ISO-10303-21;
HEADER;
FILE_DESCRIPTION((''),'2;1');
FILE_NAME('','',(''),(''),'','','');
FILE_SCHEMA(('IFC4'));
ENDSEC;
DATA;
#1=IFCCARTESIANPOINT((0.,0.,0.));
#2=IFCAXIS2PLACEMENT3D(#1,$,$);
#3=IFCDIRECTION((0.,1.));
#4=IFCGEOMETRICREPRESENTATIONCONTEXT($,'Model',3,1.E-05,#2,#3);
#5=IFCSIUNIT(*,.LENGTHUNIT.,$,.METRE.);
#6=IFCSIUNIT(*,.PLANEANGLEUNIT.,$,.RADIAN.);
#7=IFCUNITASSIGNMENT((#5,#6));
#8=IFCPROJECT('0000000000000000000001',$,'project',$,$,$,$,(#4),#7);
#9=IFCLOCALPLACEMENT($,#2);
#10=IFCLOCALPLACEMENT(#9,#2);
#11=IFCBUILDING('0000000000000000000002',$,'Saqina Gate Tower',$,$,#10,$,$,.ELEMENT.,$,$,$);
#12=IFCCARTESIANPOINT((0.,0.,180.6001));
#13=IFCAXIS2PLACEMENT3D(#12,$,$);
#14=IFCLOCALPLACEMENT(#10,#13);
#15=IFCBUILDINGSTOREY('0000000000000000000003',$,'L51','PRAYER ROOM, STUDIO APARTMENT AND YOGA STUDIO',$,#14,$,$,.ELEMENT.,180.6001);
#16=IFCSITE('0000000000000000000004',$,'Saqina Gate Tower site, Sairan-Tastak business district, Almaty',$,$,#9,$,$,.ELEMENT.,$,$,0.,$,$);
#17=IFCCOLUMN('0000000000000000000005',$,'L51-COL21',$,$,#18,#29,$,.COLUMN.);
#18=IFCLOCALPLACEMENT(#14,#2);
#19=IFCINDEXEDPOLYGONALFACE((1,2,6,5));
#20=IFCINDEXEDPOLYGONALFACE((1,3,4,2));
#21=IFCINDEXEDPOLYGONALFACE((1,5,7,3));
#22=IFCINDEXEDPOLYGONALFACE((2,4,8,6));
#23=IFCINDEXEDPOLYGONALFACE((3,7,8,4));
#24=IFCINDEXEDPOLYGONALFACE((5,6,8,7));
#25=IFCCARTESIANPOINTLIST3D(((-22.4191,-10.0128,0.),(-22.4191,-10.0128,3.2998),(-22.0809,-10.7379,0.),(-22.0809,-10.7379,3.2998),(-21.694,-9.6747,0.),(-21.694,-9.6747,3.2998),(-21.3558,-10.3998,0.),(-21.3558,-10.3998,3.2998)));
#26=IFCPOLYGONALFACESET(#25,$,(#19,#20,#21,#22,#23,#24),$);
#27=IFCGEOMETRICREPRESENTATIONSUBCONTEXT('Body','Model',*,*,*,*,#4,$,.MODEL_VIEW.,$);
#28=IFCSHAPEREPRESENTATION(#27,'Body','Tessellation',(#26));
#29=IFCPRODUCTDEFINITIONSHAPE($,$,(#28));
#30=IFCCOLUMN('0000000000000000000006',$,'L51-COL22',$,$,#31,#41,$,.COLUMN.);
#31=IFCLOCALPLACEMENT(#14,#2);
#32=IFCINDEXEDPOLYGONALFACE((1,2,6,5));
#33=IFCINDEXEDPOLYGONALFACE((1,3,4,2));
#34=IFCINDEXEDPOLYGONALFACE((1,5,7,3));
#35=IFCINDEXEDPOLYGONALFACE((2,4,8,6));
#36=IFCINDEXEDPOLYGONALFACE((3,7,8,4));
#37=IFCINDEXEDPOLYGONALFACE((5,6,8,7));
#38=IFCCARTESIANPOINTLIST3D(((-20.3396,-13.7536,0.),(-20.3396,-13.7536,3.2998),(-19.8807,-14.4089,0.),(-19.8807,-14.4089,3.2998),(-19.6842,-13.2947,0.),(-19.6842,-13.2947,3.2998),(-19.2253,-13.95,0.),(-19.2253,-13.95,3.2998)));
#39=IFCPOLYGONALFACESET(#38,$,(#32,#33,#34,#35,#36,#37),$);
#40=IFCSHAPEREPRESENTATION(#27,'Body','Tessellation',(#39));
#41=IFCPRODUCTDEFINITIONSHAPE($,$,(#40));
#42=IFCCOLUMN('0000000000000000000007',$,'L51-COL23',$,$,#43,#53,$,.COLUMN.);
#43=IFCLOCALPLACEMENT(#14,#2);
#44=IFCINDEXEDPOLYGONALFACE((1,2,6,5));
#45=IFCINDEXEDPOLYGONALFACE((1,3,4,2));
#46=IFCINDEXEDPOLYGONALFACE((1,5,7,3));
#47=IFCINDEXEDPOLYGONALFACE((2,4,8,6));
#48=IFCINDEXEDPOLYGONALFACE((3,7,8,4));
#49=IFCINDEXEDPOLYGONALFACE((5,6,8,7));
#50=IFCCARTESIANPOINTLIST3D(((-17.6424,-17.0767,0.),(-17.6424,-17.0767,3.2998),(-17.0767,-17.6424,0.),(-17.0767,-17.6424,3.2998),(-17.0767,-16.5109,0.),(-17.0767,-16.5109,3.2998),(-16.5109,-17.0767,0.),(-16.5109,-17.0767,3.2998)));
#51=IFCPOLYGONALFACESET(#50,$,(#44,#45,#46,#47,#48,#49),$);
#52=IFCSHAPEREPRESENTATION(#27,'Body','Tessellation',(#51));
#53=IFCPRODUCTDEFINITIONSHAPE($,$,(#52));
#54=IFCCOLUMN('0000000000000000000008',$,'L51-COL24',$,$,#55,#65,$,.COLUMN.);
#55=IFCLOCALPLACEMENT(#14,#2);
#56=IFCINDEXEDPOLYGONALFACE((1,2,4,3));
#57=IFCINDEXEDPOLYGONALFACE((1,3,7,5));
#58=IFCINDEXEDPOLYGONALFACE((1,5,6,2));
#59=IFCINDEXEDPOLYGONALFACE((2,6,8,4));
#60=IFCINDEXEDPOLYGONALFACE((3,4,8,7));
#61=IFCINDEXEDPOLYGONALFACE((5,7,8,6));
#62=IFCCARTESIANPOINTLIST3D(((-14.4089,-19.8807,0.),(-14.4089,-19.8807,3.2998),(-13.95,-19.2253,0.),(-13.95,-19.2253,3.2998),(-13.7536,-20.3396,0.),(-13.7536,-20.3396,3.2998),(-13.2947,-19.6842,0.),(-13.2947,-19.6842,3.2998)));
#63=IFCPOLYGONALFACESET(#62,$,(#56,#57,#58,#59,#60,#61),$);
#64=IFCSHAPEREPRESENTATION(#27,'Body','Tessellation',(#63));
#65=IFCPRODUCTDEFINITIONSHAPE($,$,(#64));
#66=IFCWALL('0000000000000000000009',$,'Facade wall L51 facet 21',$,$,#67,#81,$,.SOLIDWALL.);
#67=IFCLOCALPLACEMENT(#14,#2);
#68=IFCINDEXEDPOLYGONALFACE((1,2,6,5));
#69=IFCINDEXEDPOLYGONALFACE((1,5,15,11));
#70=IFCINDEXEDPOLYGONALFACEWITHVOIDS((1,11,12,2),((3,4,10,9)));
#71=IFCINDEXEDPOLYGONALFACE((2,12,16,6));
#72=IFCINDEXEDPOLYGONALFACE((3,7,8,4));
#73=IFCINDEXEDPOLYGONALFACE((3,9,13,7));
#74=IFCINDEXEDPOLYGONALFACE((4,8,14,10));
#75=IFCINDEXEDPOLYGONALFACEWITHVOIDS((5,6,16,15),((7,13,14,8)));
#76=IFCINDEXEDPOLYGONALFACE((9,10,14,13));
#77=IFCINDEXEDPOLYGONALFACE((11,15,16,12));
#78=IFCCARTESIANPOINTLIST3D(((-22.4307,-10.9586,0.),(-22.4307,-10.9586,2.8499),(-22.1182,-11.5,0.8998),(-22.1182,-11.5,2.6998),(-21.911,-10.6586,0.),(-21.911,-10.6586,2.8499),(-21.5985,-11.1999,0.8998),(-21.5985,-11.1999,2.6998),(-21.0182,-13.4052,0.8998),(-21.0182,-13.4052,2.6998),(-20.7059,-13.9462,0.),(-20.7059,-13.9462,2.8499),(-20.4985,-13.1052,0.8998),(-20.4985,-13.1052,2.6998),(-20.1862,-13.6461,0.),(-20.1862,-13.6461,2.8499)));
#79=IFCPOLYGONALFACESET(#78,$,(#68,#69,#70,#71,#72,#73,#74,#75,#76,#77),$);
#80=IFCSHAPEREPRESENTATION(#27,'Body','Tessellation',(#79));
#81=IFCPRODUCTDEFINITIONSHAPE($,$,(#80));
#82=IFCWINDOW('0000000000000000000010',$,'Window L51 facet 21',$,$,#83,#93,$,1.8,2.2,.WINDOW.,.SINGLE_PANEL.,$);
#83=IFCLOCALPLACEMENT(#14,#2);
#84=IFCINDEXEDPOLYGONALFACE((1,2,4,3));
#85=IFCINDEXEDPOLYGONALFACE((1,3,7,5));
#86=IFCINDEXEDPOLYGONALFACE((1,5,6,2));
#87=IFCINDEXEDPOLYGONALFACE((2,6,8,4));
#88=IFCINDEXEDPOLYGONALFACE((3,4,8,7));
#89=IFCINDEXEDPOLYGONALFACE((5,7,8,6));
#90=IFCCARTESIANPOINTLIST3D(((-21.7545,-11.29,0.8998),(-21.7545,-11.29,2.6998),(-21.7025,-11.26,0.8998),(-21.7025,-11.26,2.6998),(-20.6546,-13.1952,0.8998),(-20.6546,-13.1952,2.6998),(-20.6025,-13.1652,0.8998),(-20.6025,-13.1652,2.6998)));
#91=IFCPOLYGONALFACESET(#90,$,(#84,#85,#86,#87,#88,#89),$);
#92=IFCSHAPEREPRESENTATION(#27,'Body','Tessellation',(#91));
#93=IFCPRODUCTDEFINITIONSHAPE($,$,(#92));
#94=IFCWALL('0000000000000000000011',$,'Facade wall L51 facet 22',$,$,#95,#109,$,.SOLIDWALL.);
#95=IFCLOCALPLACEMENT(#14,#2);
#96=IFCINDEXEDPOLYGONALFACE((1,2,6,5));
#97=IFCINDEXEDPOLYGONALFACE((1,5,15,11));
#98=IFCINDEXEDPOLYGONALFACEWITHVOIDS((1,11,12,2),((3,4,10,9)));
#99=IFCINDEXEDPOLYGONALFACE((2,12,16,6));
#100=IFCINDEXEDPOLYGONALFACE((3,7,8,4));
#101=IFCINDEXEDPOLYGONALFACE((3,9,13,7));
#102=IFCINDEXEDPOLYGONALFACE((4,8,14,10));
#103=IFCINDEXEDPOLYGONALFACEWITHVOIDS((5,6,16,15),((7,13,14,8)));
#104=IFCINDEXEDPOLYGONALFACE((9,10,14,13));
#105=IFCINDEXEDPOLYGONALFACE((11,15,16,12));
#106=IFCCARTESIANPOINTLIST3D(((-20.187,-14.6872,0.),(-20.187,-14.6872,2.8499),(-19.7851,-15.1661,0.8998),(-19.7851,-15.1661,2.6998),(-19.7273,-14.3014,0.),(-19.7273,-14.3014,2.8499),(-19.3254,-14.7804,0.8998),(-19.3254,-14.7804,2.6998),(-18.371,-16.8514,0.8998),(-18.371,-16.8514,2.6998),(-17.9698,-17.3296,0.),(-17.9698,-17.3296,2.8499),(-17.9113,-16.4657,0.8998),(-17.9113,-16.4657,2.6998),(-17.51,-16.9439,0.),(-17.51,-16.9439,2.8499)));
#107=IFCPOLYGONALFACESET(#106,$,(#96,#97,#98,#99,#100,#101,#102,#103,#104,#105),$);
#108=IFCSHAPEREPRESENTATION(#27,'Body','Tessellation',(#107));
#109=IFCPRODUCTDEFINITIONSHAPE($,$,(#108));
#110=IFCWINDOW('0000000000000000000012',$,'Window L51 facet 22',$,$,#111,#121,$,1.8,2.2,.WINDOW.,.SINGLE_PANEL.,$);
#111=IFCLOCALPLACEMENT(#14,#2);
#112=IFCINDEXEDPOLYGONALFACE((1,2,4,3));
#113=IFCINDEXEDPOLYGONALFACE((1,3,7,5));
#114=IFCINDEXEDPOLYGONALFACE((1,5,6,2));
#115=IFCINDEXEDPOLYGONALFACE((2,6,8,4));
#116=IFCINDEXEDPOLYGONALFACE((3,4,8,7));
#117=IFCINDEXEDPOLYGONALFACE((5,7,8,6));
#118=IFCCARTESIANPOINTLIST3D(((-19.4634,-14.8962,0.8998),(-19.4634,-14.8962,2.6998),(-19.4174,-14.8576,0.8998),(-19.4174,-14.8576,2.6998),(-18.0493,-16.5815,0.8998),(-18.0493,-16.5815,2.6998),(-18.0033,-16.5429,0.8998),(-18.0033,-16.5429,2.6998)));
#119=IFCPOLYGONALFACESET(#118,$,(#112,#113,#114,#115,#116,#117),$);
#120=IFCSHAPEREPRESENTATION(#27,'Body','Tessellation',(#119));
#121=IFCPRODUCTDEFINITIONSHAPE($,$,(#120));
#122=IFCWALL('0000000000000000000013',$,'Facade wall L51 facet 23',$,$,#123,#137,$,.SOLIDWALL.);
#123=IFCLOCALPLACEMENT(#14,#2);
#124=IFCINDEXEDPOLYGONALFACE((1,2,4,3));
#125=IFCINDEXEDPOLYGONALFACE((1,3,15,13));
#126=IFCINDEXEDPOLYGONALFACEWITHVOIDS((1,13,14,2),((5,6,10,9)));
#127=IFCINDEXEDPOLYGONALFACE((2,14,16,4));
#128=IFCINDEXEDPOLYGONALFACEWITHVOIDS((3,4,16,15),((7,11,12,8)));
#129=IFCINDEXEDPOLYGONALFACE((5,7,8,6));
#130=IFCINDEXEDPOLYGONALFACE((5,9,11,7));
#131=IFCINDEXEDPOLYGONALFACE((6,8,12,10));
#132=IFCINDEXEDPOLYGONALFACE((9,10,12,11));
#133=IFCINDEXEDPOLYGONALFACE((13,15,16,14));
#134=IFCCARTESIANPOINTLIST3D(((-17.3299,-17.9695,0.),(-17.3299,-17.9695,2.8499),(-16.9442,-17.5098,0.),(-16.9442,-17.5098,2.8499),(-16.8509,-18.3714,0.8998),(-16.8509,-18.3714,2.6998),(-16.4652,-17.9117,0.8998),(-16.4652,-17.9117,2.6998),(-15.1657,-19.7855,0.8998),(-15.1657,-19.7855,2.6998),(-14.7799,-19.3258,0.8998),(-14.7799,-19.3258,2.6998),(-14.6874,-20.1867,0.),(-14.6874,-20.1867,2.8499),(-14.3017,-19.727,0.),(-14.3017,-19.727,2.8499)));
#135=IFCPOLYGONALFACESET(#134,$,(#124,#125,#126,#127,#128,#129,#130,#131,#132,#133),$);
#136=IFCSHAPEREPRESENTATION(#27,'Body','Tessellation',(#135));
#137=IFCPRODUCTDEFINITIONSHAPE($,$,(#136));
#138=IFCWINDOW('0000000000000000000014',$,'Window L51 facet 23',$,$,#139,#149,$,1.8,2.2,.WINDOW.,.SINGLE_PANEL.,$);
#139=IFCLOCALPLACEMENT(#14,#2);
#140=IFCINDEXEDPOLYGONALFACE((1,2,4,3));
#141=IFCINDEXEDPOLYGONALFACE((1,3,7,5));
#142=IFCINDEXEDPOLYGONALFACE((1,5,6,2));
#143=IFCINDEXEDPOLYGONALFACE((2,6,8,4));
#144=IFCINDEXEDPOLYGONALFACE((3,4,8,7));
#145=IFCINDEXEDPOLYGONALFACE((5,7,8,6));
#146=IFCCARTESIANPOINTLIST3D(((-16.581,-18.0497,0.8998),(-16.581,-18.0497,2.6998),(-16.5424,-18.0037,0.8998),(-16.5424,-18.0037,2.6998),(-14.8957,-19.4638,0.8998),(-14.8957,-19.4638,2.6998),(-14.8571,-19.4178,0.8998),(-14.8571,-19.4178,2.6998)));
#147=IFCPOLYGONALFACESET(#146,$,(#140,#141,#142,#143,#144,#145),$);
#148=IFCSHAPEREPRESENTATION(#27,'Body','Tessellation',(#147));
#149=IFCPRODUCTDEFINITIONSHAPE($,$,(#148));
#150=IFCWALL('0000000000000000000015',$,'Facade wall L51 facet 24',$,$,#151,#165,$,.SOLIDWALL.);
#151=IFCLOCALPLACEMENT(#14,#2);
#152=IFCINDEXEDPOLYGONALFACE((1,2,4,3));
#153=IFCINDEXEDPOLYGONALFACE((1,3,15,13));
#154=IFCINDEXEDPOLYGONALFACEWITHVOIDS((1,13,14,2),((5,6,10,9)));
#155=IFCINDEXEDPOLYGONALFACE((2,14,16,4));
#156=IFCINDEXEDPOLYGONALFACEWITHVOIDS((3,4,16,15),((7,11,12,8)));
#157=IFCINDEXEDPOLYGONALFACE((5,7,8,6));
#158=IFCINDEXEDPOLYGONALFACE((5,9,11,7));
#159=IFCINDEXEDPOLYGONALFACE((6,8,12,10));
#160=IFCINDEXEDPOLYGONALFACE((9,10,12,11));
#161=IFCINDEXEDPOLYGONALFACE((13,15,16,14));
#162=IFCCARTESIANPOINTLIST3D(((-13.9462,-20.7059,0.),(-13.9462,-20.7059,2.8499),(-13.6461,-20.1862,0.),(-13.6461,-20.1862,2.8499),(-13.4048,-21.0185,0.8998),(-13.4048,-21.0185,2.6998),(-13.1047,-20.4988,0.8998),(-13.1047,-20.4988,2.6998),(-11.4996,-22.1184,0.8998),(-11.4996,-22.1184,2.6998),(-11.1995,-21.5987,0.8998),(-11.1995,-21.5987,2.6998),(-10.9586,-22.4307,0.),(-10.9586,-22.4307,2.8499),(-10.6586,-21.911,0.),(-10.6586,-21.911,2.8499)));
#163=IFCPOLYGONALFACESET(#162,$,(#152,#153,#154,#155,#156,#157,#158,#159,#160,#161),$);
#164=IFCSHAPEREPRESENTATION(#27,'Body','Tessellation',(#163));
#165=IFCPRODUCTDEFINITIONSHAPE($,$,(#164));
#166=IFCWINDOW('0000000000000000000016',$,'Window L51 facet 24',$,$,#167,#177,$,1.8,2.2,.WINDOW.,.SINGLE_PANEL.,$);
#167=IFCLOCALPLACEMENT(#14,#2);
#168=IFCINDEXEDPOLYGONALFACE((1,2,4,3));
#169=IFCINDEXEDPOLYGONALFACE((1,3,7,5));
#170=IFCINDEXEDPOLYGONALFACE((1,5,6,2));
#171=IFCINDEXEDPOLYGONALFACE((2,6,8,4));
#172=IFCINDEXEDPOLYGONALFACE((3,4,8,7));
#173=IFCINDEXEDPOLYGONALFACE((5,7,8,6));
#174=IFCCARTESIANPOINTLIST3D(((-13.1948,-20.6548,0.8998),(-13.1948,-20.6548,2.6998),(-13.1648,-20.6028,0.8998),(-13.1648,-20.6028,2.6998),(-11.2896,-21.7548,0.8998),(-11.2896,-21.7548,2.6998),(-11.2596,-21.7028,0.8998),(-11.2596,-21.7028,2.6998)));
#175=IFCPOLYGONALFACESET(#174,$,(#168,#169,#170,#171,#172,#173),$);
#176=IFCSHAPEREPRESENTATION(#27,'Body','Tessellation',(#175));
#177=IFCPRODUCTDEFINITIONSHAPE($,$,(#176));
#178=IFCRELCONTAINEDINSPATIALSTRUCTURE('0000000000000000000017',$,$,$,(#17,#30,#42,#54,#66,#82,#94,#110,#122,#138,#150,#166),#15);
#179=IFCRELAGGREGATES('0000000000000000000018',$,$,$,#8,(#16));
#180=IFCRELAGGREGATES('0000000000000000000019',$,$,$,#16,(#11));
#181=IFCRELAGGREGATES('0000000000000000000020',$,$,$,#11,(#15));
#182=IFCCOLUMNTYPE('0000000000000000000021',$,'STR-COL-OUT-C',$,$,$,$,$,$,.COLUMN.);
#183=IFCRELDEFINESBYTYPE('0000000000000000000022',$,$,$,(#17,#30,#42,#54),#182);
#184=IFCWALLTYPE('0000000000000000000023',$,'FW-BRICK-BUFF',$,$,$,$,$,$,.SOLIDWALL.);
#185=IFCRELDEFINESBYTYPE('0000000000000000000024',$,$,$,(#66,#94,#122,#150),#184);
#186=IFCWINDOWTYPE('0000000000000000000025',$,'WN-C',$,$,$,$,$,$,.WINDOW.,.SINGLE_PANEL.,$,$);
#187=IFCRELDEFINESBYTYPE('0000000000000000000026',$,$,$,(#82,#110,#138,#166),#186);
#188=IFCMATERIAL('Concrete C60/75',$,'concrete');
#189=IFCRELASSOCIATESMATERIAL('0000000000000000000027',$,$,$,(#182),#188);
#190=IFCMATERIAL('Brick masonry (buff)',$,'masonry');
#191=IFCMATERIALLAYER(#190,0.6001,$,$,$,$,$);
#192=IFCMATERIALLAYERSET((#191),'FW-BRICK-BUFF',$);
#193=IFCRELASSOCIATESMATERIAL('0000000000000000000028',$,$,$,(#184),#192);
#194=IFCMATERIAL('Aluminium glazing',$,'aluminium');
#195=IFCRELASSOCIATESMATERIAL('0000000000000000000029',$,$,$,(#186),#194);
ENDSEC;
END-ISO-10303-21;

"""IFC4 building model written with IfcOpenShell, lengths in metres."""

from ifc_helpers import new_model, si_unit, direction, frame, frame_2d, origin, origin_2d, place, context, subcontext, project, spatial, rectangle, extrude, material, layer, layer_set, material_profile, profile_set, type_object, element, fill, save


model = new_model("IFC4")

# Units and contexts
model_context = context("Model", 3, precision=1e-05, world=origin(), true_north=direction((0.0, 1.0)))
body_context = subcontext(model_context, "Body", "Model", "MODEL_VIEW")
ifc_project = project(units=[si_unit("LENGTHUNIT", "METRE"), si_unit("PLANEANGLEUNIT", "RADIAN")], contexts=[model_context])

# Site, building, storey
site_placement = place(None, origin())
site = spatial("IfcSite", under=ifc_project, at=site_placement, Name="Saqina Gate Tower site, Sairan-Tastak business district, Almaty", CompositionType="ELEMENT", RefElevation=0.0)
building_placement = place(site_placement, origin())
building = spatial("IfcBuilding", under=site, at=building_placement, Name="Saqina Gate Tower", CompositionType="ELEMENT")
storey_placement = place(building_placement, frame((0.0, 0.0, 180.6001)))
storey = spatial("IfcBuildingStorey", under=building, at=storey_placement, Name="L51", Description="PRAYER ROOM, STUDIO APARTMENT AND YOGA STUDIO", CompositionType="ELEMENT", Elevation=180.6001)

# Columns
ifc_material_1 = material(Name="Concrete C60/75", Category="concrete")
ifc_material_profile = material_profile(ifc_material_1, rectangle(XDim=0.8, YDim=0.8, at=origin_2d()), Name="RC 800x800")
ifc_profile_set = profile_set([ifc_material_profile], Name="Concrete C60/75")
column_type = type_object("IfcColumnType", Name="STR-COL-OUT-C", PredefinedType="COLUMN", material=ifc_profile_set)
for number, where, z_axis, x_axis, name in (
    (1, (-21.8875, -10.2063, 0.0), (0.0, 0.0, 1.0), (-0.906308, -0.422618, 0.0), "L51-COL21"),
    (2, (-19.7825, -13.8518, 0.0), (0.0, 0.0, 1.0), (-0.819152, -0.573576, 0.0), "L51-COL22"),
    (3, (-17.0767, -17.0767, 0.0), (0.0, 0.0, 1.0), (-0.707107, -0.707107, 0.0), "L51-COL23"),
    (4, (-13.8518, -19.7825, 0.0), (0.0, 0.0, 1.0), (-0.573576, -0.819152, 0.0), "L51-COL24"),
):
    element("IfcColumn", number, at=place(storey_placement, frame(where, z_axis=z_axis, x_axis=x_axis)), inside=storey, type_object=column_type, Name=name, PredefinedType="COLUMN", context=body_context, shape_type="SweptSolid", body=[
        extrude(rectangle(XDim=0.8, YDim=0.8, at=origin_2d()), origin(), (0.0, 0.0, 1.0), 3.2998),
    ])

# Walls, openings, windows
ifc_material_2 = material(Name="Brick masonry (buff)", Category="masonry")
ifc_layer_1 = layer(ifc_material_2, 0.6001)
ifc_layer_set_1 = layer_set([ifc_layer_1], Name="FW-BRICK-BUFF")
wall_type_1 = type_object("IfcWallType", Name="FW-BRICK-BUFF", PredefinedType="SOLIDWALL", material=ifc_layer_set_1)
wall_1_placement = place(storey_placement, frame((-22.1709, -10.8086, 0.0), z_axis=(0.0, 0.0, 1.0), x_axis=(0.499998, -0.866026, 0.0)))
wall_1 = element("IfcWall", 5, at=wall_1_placement, inside=storey, type_object=wall_type_1, Name="Facade wall L51 facet 21", PredefinedType="SOLIDWALL", context=body_context, shape_type="SweptSolid", body=[
    extrude(rectangle(XDim=3.4497, YDim=0.6001, at=frame_2d((1.7249, 0.0))), origin(), (0.0, 0.0, 1.0), 2.8499),
])
opening_1_placement = place(wall_1_placement, frame((0.625, 0.0, 0.8999)))
opening_1 = element("IfcOpeningElement", 6, at=opening_1_placement, cuts=wall_1, PredefinedType="OPENING", context=body_context, shape_type="SweptSolid", body=[
    extrude(rectangle(XDim=2.2, YDim=1.8, at=frame_2d((1.1001, 0.8999))), frame((0.0, 0.312, 0.0), z_axis=(0.0, -1.0, 0.0), x_axis=(1.0, 0.0, 0.0)), (0.0, 0.0, 1.0), 0.624),
])
ifc_material_3 = material(Name="Aluminium glazing", Category="aluminium")
window_type = type_object("IfcWindowType", Name="WN-C", PartitioningType="SINGLE_PANEL", PredefinedType="WINDOW", material=ifc_material_3)
window_1_placement = place(opening_1_placement, origin())
window_1 = element("IfcWindow", 7, at=window_1_placement, inside=storey, type_object=window_type, Name="Window L51 facet 21", OverallHeight=1.8, OverallWidth=2.2, PartitioningType="SINGLE_PANEL", PredefinedType="WINDOW", context=body_context, shape_type="SweptSolid", body=[
    extrude(rectangle(XDim=2.2, YDim=1.8, at=frame_2d((1.1001, 0.8999))), frame((0.0, 0.1799, 0.0), z_axis=(0.0, -1.0, 0.0), x_axis=(1.0, 0.0, 0.0)), (0.0, 0.0, 1.0), 0.0601),
])
fill(opening_1, window_1)
wall_2_placement = place(storey_placement, frame((-19.957, -14.4944, 0.0), z_axis=(0.0, 0.0, 1.0), x_axis=(0.64277, -0.766059, 0.0)))
wall_2 = element("IfcWall", 8, at=wall_2_placement, inside=storey, type_object=wall_type_1, Name="Facade wall L51 facet 22", PredefinedType="SOLIDWALL", context=body_context, shape_type="SweptSolid", body=[
    extrude(rectangle(XDim=3.4495, YDim=0.6001, at=frame_2d((1.7246, 0.0))), origin(), (0.0, 0.0, 1.0), 2.8499),
])
opening_2_placement = place(wall_2_placement, frame((0.625, 0.0, 0.8999)))
opening_2 = element("IfcOpeningElement", 9, at=opening_2_placement, cuts=wall_2, PredefinedType="OPENING", context=body_context, shape_type="SweptSolid", body=[
    extrude(rectangle(XDim=2.2, YDim=1.8, at=frame_2d((1.1001, 0.8999))), frame((0.0, 0.312, 0.0), z_axis=(0.0, -1.0, 0.0), x_axis=(1.0, 0.0, 0.0)), (0.0, 0.0, 1.0), 0.624),
])
window_2_placement = place(opening_2_placement, origin())
window_2 = element("IfcWindow", 10, at=window_2_placement, inside=storey, type_object=window_type, Name="Window L51 facet 22", OverallHeight=1.8, OverallWidth=2.2, PartitioningType="SINGLE_PANEL", PredefinedType="WINDOW", context=body_context, shape_type="SweptSolid", body=[
    extrude(rectangle(XDim=2.2, YDim=1.8, at=frame_2d((1.1001, 0.8999))), frame((0.0, 0.1799, 0.0), z_axis=(0.0, -1.0, 0.0), x_axis=(1.0, 0.0, 0.0)), (0.0, 0.0, 1.0), 0.0601),
])
fill(opening_2, window_2)
wall_3_placement = place(storey_placement, frame((-17.137, -17.7397, 0.0), z_axis=(0.0, 0.0, 1.0), x_axis=(0.766059, -0.64277, 0.0)))
wall_3 = element("IfcWall", 11, at=wall_3_placement, inside=storey, type_object=wall_type_1, Name="Facade wall L51 facet 23", PredefinedType="SOLIDWALL", context=body_context, shape_type="SweptSolid", body=[
    extrude(rectangle(XDim=3.4495, YDim=0.6001, at=frame_2d((1.7246, 0.0))), origin(), (0.0, 0.0, 1.0), 2.8499),
])
opening_3_placement = place(wall_3_placement, frame((0.625, 0.0, 0.8999)))
opening_3 = element("IfcOpeningElement", 12, at=opening_3_placement, cuts=wall_3, PredefinedType="OPENING", context=body_context, shape_type="SweptSolid", body=[
    extrude(rectangle(XDim=2.2, YDim=1.8, at=frame_2d((1.1001, 0.8999))), frame((0.0, 0.312, 0.0), z_axis=(0.0, -1.0, 0.0), x_axis=(1.0, 0.0, 0.0)), (0.0, 0.0, 1.0), 0.624),
])
window_3_placement = place(opening_3_placement, origin())
window_3 = element("IfcWindow", 13, at=window_3_placement, inside=storey, type_object=window_type, Name="Window L51 facet 23", OverallHeight=1.8, OverallWidth=2.2, PartitioningType="SINGLE_PANEL", PredefinedType="WINDOW", context=body_context, shape_type="SweptSolid", body=[
    extrude(rectangle(XDim=2.2, YDim=1.8, at=frame_2d((1.1001, 0.8999))), frame((0.0, 0.1799, 0.0), z_axis=(0.0, -1.0, 0.0), x_axis=(1.0, 0.0, 0.0)), (0.0, 0.0, 1.0), 0.0601),
])
fill(opening_3, window_3)
wall_4_placement = place(storey_placement, frame((-13.7961, -20.446, 0.0), z_axis=(0.0, 0.0, 1.0), x_axis=(0.866026, -0.499998, 0.0)))
wall_4 = element("IfcWall", 14, at=wall_4_placement, inside=storey, type_object=wall_type_1, Name="Facade wall L51 facet 24", PredefinedType="SOLIDWALL", context=body_context, shape_type="SweptSolid", body=[
    extrude(rectangle(XDim=3.4497, YDim=0.6001, at=frame_2d((1.7249, 0.0))), origin(), (0.0, 0.0, 1.0), 2.8499),
])
opening_4_placement = place(wall_4_placement, frame((0.625, 0.0, 0.8999)))
opening_4 = element("IfcOpeningElement", 15, at=opening_4_placement, cuts=wall_4, PredefinedType="OPENING", context=body_context, shape_type="SweptSolid", body=[
    extrude(rectangle(XDim=2.2, YDim=1.8, at=frame_2d((1.1001, 0.8999))), frame((0.0, 0.312, 0.0), z_axis=(0.0, -1.0, 0.0), x_axis=(1.0, 0.0, 0.0)), (0.0, 0.0, 1.0), 0.624),
])
window_4_placement = place(opening_4_placement, origin())
window_4 = element("IfcWindow", 16, at=window_4_placement, inside=storey, type_object=window_type, Name="Window L51 facet 24", OverallHeight=1.8, OverallWidth=2.2, PartitioningType="SINGLE_PANEL", PredefinedType="WINDOW", context=body_context, shape_type="SweptSolid", body=[
    extrude(rectangle(XDim=2.2, YDim=1.8, at=frame_2d((1.1001, 0.8999))), frame((0.0, 0.1799, 0.0), z_axis=(0.0, -1.0, 0.0), x_axis=(1.0, 0.0, 0.0)), (0.0, 0.0, 1.0), 0.0601),
])
fill(opening_4, window_4)

save(model, "model.ifc")
